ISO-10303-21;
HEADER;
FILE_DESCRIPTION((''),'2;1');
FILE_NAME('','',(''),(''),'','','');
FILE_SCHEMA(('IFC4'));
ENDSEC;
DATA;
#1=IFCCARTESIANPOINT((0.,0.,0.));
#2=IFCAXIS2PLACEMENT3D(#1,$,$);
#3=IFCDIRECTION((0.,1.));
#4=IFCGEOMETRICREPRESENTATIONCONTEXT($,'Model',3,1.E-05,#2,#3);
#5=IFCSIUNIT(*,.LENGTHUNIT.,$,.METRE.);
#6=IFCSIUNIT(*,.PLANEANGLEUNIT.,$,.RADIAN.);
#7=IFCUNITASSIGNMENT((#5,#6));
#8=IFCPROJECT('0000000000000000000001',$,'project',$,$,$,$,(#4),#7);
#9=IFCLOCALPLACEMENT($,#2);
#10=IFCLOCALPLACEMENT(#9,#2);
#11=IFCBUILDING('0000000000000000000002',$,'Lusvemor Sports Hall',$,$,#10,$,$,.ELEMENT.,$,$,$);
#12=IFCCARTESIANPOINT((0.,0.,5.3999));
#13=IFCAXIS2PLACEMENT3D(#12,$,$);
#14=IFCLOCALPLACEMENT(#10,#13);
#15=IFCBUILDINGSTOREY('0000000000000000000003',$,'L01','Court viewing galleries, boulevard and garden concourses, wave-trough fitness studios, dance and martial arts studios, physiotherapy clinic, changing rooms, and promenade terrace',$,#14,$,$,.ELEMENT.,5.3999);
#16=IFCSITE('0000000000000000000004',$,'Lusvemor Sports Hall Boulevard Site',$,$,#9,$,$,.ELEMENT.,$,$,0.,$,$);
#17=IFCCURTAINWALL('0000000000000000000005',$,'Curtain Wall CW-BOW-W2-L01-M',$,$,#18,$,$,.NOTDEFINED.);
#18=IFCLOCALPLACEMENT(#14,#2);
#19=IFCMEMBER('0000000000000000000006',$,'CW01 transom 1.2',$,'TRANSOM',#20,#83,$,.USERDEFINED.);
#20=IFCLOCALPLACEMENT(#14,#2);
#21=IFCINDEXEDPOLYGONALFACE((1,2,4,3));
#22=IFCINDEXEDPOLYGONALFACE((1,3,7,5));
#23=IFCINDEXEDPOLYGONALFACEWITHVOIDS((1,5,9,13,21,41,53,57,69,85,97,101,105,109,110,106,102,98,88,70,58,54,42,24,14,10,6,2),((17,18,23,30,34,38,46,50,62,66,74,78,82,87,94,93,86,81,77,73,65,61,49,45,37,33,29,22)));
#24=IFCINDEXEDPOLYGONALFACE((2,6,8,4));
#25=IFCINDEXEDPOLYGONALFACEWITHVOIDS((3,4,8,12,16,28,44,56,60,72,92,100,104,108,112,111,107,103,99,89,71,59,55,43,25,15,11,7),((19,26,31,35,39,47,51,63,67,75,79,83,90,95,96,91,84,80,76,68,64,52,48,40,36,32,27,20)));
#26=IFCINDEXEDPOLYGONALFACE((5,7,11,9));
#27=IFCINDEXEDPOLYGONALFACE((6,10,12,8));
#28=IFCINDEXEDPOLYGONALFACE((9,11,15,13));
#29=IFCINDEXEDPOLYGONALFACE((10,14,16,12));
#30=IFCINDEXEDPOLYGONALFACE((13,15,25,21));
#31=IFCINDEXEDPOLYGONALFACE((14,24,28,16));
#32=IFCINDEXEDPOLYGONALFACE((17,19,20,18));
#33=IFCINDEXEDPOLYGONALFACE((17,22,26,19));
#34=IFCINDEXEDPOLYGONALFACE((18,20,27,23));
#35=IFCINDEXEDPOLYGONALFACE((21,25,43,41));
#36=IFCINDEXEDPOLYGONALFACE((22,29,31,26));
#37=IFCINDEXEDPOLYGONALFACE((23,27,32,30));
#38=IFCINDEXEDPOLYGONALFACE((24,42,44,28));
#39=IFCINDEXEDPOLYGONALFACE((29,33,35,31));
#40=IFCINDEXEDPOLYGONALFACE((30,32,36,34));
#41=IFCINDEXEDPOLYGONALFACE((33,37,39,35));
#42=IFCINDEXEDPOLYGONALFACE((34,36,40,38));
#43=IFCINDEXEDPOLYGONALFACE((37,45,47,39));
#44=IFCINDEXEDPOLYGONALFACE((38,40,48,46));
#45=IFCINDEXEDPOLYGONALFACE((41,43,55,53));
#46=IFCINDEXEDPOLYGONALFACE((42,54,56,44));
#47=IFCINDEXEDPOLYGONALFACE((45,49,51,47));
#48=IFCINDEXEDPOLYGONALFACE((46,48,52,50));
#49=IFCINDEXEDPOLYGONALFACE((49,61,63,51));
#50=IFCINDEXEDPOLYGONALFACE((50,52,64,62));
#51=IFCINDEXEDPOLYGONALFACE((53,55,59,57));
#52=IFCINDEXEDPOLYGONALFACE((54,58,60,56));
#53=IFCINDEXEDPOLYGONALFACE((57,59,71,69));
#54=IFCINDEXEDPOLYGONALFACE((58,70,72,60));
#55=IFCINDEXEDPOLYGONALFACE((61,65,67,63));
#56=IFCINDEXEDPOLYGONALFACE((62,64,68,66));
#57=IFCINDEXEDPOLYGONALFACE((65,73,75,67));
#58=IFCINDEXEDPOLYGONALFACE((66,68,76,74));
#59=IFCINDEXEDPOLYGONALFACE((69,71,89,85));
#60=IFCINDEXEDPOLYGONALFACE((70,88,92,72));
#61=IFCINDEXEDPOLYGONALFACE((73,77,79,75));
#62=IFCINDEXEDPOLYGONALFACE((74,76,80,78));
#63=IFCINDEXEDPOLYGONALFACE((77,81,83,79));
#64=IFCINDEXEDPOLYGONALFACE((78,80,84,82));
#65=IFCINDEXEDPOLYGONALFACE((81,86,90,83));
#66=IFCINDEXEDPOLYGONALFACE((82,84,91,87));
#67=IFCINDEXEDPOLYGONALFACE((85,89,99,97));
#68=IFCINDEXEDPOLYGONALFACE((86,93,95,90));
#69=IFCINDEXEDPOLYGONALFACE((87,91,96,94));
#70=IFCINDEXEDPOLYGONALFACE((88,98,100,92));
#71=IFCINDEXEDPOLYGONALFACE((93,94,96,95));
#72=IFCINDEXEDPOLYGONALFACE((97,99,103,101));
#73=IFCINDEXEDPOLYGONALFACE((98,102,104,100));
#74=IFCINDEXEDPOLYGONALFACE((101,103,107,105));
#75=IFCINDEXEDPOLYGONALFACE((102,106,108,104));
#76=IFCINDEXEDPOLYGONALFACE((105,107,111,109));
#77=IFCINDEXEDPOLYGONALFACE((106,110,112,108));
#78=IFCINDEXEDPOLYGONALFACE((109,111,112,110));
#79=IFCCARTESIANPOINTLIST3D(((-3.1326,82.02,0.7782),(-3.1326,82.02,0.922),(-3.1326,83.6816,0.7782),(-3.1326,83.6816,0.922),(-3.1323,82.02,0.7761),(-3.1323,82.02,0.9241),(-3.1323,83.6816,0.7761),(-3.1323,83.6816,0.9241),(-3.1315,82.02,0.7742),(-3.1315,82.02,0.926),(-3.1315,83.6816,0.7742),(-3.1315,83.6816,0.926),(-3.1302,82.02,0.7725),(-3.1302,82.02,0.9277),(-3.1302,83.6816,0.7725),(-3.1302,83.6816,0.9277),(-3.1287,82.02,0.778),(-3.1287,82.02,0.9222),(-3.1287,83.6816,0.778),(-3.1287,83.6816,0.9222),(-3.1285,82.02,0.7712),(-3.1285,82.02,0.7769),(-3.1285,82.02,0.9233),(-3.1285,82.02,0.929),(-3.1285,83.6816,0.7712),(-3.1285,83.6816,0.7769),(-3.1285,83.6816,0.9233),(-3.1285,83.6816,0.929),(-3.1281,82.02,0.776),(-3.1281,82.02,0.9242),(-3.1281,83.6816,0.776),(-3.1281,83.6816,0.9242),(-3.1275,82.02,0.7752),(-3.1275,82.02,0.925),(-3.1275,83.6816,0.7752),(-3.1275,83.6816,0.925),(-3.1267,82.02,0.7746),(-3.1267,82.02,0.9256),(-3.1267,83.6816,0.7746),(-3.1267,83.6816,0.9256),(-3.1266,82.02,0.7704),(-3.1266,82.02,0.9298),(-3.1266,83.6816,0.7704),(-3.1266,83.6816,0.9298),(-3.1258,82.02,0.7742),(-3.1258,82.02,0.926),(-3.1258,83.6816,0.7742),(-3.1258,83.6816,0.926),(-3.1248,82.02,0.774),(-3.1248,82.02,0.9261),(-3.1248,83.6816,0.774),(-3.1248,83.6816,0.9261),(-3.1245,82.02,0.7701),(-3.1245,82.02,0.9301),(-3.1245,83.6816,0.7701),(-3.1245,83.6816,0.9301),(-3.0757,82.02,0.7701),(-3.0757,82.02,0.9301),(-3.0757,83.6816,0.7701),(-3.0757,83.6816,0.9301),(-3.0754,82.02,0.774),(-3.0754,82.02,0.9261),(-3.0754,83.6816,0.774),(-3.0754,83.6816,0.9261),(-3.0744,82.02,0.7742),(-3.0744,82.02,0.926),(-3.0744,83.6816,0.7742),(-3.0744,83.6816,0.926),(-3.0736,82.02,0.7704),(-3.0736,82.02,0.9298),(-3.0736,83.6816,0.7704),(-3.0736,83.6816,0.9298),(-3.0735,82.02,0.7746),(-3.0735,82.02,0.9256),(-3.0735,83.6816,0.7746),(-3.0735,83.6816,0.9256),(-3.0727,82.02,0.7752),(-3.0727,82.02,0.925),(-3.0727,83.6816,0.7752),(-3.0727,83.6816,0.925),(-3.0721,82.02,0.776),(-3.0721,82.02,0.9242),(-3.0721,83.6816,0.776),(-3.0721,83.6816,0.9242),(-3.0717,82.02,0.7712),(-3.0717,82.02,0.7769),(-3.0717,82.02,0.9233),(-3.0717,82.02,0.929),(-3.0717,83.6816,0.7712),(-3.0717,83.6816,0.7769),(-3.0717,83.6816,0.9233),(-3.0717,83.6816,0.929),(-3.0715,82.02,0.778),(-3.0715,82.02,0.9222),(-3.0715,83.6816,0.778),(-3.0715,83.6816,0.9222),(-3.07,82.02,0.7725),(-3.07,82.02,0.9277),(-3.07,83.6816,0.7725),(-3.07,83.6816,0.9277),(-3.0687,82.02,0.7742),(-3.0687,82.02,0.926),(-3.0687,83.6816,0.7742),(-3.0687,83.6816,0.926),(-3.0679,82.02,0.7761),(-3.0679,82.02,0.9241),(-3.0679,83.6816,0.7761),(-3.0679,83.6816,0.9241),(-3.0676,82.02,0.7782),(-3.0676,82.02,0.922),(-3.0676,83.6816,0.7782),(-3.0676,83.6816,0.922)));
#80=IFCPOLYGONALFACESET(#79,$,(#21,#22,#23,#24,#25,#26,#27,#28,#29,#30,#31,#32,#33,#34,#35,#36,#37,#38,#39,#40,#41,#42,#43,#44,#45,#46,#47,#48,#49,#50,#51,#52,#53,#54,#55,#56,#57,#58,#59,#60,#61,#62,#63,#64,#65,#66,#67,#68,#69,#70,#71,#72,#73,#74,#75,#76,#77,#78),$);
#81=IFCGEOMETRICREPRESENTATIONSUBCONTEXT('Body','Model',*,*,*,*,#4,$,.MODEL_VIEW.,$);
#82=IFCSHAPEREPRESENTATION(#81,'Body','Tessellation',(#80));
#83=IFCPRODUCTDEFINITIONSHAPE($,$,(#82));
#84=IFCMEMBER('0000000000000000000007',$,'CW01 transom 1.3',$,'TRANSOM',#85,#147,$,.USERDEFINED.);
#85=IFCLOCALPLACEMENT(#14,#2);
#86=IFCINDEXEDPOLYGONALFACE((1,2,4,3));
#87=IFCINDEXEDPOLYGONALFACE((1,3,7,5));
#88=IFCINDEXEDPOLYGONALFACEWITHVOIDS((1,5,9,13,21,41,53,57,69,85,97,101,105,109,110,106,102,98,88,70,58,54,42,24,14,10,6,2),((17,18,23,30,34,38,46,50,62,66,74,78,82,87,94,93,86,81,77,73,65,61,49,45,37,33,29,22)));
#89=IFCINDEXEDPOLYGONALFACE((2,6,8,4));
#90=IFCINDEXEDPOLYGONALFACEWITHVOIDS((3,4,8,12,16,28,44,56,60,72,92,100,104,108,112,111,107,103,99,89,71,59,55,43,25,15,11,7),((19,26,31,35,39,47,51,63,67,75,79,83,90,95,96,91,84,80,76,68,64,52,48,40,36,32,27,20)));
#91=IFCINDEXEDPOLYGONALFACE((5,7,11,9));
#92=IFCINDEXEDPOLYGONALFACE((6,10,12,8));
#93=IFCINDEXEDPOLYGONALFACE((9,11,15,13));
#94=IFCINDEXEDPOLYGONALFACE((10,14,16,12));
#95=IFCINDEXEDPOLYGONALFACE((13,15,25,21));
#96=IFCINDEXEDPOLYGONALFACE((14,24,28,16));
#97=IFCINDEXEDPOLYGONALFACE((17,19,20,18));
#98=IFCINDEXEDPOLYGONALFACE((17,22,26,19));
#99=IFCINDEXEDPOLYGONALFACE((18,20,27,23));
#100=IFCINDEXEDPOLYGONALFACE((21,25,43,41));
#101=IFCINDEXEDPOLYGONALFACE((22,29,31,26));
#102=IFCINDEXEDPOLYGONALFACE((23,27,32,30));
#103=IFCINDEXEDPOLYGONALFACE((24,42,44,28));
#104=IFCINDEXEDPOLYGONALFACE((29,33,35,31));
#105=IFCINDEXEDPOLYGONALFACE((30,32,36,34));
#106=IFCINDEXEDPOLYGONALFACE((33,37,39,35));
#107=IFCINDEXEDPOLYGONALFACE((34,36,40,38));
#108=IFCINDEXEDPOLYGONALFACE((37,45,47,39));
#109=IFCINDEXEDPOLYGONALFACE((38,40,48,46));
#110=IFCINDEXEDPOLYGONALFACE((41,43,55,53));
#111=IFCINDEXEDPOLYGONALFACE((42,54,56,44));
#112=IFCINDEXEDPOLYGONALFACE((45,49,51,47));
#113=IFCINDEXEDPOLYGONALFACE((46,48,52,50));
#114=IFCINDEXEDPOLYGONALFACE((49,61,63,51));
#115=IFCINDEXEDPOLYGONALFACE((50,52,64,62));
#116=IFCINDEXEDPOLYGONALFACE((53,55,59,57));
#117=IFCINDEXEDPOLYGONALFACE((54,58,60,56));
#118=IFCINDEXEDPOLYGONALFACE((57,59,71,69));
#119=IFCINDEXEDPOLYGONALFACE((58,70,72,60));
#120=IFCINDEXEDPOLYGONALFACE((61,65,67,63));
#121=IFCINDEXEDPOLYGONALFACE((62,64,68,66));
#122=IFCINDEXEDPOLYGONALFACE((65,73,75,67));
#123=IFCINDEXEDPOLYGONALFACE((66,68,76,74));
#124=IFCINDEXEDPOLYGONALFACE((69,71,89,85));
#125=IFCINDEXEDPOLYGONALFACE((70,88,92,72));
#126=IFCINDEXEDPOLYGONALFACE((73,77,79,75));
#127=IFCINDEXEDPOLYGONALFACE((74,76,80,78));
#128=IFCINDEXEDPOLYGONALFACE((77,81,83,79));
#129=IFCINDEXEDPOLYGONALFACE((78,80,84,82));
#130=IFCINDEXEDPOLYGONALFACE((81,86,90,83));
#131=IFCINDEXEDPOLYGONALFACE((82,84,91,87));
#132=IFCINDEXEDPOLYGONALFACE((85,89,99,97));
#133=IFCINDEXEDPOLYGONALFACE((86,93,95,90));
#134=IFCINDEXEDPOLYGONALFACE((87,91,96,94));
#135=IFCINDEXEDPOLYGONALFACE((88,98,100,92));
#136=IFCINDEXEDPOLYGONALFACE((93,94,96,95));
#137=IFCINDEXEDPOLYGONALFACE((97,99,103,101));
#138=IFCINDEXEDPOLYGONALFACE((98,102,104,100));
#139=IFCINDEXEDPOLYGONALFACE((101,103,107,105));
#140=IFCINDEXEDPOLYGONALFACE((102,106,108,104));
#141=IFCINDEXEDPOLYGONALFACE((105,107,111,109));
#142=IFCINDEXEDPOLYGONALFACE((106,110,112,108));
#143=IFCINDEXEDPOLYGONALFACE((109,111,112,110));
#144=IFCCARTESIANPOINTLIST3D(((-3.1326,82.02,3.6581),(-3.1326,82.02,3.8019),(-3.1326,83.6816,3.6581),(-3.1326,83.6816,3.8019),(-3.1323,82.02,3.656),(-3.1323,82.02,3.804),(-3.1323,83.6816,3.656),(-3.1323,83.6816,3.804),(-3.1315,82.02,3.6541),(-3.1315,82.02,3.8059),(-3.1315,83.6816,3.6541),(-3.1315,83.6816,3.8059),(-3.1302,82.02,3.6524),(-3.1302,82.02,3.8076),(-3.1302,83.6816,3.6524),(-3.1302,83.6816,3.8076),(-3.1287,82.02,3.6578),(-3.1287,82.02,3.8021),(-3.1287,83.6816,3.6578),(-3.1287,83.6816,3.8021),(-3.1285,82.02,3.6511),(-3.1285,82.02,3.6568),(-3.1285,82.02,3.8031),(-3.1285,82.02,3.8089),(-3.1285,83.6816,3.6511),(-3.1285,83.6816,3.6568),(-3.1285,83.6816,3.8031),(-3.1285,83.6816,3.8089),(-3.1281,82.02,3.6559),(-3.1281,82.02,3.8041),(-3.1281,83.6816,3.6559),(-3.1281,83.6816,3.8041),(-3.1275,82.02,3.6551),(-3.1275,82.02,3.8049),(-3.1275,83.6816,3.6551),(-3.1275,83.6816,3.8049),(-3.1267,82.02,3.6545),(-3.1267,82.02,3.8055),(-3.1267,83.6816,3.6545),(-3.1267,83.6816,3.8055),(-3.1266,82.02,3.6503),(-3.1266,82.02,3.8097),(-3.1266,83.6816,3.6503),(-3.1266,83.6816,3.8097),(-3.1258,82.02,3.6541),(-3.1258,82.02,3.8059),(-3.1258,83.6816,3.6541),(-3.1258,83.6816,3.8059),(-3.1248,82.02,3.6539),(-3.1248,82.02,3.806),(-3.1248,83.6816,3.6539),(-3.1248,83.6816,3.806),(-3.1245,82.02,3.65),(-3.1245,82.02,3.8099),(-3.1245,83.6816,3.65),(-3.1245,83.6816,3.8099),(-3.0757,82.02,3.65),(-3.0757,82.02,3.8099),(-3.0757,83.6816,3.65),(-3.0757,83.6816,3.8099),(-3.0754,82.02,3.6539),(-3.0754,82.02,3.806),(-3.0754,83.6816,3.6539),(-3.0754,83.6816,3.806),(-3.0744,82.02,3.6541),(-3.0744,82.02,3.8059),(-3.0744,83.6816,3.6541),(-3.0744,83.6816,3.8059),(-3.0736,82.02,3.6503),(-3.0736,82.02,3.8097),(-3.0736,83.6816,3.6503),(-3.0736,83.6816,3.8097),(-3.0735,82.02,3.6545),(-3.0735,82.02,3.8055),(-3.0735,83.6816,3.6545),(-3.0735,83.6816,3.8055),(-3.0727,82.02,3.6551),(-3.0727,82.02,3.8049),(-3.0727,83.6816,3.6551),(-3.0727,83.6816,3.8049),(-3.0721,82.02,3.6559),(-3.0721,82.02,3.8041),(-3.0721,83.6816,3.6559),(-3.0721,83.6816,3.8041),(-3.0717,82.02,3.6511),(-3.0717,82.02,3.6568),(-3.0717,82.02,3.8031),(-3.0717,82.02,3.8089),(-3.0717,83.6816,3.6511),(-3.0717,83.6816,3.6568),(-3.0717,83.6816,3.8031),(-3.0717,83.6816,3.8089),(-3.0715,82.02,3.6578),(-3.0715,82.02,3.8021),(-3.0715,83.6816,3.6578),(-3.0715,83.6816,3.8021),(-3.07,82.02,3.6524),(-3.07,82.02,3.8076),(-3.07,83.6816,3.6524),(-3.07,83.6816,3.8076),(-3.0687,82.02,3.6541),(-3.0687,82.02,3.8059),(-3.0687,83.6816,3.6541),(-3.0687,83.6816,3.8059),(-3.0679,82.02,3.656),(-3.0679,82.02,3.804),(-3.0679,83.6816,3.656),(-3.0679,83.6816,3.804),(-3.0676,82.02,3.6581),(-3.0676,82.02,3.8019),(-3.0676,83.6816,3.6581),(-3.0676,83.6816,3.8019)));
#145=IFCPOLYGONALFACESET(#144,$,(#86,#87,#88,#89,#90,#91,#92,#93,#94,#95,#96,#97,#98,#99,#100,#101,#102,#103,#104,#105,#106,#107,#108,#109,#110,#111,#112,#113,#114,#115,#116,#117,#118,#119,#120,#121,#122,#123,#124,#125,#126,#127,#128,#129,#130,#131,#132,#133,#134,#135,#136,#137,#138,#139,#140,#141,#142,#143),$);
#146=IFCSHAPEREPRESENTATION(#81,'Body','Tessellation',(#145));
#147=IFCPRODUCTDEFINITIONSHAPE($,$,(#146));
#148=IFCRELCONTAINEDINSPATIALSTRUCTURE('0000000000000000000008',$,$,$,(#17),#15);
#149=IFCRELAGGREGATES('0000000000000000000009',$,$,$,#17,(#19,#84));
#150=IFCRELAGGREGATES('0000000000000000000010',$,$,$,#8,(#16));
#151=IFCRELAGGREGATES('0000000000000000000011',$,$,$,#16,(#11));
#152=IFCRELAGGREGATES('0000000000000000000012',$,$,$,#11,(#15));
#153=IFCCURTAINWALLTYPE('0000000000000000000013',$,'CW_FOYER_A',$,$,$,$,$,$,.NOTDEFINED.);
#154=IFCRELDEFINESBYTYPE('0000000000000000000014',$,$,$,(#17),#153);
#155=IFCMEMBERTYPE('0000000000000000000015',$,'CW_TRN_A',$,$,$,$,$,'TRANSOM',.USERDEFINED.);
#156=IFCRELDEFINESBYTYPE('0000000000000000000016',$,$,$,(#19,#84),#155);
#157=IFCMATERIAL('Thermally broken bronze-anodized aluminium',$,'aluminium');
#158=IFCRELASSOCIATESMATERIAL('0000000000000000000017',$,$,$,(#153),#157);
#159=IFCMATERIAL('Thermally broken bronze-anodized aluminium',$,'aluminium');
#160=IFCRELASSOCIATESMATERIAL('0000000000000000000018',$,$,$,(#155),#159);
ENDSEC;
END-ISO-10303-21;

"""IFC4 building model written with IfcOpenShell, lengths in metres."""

from ifc_helpers import new_model, si_unit, direction, frame, origin, origin_2d, place, context, subcontext, project, spatial, hollow_rectangle, extrude, material, material_profile, profile_set, type_object, element, aggregate, save


model = new_model("IFC4")

# Units and contexts
model_context = context("Model", 3, precision=1e-05, world=origin(), true_north=direction((0.0, 1.0)))
body_context = subcontext(model_context, "Body", "Model", "MODEL_VIEW")
ifc_project = project(units=[si_unit("LENGTHUNIT", "METRE"), si_unit("PLANEANGLEUNIT", "RADIAN")], contexts=[model_context])

# Site, building, storey
site_placement = place(None, origin())
site = spatial("IfcSite", under=ifc_project, at=site_placement, Name="Lusvemor Sports Hall Boulevard Site", CompositionType="ELEMENT", RefElevation=0.0)
building_placement = place(site_placement, origin())
building = spatial("IfcBuilding", under=site, at=building_placement, Name="Lusvemor Sports Hall", CompositionType="ELEMENT")
storey_placement = place(building_placement, frame((0.0, 0.0, 5.3999)))
storey = spatial("IfcBuildingStorey", under=building, at=storey_placement, Name="L01", Description="Court viewing galleries, boulevard and garden concourses, wave-trough fitness studios, dance and martial arts studios, physiotherapy clinic, changing rooms, and promenade terrace", CompositionType="ELEMENT", Elevation=5.3999)

# Curtain wall
ifc_material_1 = material(Name="Thermally broken bronze-anodized aluminium", Category="aluminium")
curtain_wall_type_1 = type_object("IfcCurtainWallType", Name="CW_FOYER_A", PredefinedType="NOTDEFINED", material=ifc_material_1)
curtain_wall_1_placement = place(storey_placement, origin())
curtain_wall_1 = element("IfcCurtainWall", 1, at=curtain_wall_1_placement, inside=storey, type_object=curtain_wall_type_1, Name="Curtain Wall CW-BOW-W2-L01-M", PredefinedType="NOTDEFINED")

# Members
ifc_material_2 = material(Name="Thermally broken bronze-anodized aluminium", Category="aluminium")
ifc_material_profile_1 = material_profile(ifc_material_2, hollow_rectangle(XDim=0.0649, YDim=0.1599, WallThickness=0.0039, InnerFilletRadius=0.0039, OuterFilletRadius=0.0081, at=origin_2d()), Name="CWTRN160x65x4")
ifc_profile_set_1 = profile_set([ifc_material_profile_1], Name="Thermally broken bronze-anodized aluminium")
member_type_1 = type_object("IfcMemberType", Name="CW_TRN_A", ElementType="TRANSOM", PredefinedType="USERDEFINED", material=ifc_profile_set_1)
member_1_placement = place(storey_placement, frame((-3.1001, 82.02, 0.8501), z_axis=(0.0, 1.0, 0.0), x_axis=(-1.0, 0.0, 0.0)))
member_1 = element("IfcMember", 2, at=member_1_placement, type_object=member_type_1, Name="CW01 transom 1.2", ObjectType="TRANSOM", PredefinedType="USERDEFINED", context=body_context, shape_type="SweptSolid", body=[
    extrude(hollow_rectangle(XDim=0.0649, YDim=0.1599, WallThickness=0.0039, InnerFilletRadius=0.0039, OuterFilletRadius=0.0081, at=origin_2d()), origin(), (0.0, 0.0, 1.0), 1.6616),
])
member_2_placement = place(storey_placement, frame((-3.1001, 82.02, 3.73), z_axis=(0.0, 1.0, 0.0), x_axis=(-1.0, 0.0, 0.0)))
member_2 = element("IfcMember", 3, at=member_2_placement, type_object=member_type_1, Name="CW01 transom 1.3", ObjectType="TRANSOM", PredefinedType="USERDEFINED", context=body_context, shape_type="SweptSolid", body=[
    extrude(hollow_rectangle(XDim=0.0649, YDim=0.1599, WallThickness=0.0039, InnerFilletRadius=0.0039, OuterFilletRadius=0.0081, at=origin_2d()), origin(), (0.0, 0.0, 1.0), 1.6616),
])

aggregate(curtain_wall_1, [member_1, member_2])

save(model, "model.ifc")
